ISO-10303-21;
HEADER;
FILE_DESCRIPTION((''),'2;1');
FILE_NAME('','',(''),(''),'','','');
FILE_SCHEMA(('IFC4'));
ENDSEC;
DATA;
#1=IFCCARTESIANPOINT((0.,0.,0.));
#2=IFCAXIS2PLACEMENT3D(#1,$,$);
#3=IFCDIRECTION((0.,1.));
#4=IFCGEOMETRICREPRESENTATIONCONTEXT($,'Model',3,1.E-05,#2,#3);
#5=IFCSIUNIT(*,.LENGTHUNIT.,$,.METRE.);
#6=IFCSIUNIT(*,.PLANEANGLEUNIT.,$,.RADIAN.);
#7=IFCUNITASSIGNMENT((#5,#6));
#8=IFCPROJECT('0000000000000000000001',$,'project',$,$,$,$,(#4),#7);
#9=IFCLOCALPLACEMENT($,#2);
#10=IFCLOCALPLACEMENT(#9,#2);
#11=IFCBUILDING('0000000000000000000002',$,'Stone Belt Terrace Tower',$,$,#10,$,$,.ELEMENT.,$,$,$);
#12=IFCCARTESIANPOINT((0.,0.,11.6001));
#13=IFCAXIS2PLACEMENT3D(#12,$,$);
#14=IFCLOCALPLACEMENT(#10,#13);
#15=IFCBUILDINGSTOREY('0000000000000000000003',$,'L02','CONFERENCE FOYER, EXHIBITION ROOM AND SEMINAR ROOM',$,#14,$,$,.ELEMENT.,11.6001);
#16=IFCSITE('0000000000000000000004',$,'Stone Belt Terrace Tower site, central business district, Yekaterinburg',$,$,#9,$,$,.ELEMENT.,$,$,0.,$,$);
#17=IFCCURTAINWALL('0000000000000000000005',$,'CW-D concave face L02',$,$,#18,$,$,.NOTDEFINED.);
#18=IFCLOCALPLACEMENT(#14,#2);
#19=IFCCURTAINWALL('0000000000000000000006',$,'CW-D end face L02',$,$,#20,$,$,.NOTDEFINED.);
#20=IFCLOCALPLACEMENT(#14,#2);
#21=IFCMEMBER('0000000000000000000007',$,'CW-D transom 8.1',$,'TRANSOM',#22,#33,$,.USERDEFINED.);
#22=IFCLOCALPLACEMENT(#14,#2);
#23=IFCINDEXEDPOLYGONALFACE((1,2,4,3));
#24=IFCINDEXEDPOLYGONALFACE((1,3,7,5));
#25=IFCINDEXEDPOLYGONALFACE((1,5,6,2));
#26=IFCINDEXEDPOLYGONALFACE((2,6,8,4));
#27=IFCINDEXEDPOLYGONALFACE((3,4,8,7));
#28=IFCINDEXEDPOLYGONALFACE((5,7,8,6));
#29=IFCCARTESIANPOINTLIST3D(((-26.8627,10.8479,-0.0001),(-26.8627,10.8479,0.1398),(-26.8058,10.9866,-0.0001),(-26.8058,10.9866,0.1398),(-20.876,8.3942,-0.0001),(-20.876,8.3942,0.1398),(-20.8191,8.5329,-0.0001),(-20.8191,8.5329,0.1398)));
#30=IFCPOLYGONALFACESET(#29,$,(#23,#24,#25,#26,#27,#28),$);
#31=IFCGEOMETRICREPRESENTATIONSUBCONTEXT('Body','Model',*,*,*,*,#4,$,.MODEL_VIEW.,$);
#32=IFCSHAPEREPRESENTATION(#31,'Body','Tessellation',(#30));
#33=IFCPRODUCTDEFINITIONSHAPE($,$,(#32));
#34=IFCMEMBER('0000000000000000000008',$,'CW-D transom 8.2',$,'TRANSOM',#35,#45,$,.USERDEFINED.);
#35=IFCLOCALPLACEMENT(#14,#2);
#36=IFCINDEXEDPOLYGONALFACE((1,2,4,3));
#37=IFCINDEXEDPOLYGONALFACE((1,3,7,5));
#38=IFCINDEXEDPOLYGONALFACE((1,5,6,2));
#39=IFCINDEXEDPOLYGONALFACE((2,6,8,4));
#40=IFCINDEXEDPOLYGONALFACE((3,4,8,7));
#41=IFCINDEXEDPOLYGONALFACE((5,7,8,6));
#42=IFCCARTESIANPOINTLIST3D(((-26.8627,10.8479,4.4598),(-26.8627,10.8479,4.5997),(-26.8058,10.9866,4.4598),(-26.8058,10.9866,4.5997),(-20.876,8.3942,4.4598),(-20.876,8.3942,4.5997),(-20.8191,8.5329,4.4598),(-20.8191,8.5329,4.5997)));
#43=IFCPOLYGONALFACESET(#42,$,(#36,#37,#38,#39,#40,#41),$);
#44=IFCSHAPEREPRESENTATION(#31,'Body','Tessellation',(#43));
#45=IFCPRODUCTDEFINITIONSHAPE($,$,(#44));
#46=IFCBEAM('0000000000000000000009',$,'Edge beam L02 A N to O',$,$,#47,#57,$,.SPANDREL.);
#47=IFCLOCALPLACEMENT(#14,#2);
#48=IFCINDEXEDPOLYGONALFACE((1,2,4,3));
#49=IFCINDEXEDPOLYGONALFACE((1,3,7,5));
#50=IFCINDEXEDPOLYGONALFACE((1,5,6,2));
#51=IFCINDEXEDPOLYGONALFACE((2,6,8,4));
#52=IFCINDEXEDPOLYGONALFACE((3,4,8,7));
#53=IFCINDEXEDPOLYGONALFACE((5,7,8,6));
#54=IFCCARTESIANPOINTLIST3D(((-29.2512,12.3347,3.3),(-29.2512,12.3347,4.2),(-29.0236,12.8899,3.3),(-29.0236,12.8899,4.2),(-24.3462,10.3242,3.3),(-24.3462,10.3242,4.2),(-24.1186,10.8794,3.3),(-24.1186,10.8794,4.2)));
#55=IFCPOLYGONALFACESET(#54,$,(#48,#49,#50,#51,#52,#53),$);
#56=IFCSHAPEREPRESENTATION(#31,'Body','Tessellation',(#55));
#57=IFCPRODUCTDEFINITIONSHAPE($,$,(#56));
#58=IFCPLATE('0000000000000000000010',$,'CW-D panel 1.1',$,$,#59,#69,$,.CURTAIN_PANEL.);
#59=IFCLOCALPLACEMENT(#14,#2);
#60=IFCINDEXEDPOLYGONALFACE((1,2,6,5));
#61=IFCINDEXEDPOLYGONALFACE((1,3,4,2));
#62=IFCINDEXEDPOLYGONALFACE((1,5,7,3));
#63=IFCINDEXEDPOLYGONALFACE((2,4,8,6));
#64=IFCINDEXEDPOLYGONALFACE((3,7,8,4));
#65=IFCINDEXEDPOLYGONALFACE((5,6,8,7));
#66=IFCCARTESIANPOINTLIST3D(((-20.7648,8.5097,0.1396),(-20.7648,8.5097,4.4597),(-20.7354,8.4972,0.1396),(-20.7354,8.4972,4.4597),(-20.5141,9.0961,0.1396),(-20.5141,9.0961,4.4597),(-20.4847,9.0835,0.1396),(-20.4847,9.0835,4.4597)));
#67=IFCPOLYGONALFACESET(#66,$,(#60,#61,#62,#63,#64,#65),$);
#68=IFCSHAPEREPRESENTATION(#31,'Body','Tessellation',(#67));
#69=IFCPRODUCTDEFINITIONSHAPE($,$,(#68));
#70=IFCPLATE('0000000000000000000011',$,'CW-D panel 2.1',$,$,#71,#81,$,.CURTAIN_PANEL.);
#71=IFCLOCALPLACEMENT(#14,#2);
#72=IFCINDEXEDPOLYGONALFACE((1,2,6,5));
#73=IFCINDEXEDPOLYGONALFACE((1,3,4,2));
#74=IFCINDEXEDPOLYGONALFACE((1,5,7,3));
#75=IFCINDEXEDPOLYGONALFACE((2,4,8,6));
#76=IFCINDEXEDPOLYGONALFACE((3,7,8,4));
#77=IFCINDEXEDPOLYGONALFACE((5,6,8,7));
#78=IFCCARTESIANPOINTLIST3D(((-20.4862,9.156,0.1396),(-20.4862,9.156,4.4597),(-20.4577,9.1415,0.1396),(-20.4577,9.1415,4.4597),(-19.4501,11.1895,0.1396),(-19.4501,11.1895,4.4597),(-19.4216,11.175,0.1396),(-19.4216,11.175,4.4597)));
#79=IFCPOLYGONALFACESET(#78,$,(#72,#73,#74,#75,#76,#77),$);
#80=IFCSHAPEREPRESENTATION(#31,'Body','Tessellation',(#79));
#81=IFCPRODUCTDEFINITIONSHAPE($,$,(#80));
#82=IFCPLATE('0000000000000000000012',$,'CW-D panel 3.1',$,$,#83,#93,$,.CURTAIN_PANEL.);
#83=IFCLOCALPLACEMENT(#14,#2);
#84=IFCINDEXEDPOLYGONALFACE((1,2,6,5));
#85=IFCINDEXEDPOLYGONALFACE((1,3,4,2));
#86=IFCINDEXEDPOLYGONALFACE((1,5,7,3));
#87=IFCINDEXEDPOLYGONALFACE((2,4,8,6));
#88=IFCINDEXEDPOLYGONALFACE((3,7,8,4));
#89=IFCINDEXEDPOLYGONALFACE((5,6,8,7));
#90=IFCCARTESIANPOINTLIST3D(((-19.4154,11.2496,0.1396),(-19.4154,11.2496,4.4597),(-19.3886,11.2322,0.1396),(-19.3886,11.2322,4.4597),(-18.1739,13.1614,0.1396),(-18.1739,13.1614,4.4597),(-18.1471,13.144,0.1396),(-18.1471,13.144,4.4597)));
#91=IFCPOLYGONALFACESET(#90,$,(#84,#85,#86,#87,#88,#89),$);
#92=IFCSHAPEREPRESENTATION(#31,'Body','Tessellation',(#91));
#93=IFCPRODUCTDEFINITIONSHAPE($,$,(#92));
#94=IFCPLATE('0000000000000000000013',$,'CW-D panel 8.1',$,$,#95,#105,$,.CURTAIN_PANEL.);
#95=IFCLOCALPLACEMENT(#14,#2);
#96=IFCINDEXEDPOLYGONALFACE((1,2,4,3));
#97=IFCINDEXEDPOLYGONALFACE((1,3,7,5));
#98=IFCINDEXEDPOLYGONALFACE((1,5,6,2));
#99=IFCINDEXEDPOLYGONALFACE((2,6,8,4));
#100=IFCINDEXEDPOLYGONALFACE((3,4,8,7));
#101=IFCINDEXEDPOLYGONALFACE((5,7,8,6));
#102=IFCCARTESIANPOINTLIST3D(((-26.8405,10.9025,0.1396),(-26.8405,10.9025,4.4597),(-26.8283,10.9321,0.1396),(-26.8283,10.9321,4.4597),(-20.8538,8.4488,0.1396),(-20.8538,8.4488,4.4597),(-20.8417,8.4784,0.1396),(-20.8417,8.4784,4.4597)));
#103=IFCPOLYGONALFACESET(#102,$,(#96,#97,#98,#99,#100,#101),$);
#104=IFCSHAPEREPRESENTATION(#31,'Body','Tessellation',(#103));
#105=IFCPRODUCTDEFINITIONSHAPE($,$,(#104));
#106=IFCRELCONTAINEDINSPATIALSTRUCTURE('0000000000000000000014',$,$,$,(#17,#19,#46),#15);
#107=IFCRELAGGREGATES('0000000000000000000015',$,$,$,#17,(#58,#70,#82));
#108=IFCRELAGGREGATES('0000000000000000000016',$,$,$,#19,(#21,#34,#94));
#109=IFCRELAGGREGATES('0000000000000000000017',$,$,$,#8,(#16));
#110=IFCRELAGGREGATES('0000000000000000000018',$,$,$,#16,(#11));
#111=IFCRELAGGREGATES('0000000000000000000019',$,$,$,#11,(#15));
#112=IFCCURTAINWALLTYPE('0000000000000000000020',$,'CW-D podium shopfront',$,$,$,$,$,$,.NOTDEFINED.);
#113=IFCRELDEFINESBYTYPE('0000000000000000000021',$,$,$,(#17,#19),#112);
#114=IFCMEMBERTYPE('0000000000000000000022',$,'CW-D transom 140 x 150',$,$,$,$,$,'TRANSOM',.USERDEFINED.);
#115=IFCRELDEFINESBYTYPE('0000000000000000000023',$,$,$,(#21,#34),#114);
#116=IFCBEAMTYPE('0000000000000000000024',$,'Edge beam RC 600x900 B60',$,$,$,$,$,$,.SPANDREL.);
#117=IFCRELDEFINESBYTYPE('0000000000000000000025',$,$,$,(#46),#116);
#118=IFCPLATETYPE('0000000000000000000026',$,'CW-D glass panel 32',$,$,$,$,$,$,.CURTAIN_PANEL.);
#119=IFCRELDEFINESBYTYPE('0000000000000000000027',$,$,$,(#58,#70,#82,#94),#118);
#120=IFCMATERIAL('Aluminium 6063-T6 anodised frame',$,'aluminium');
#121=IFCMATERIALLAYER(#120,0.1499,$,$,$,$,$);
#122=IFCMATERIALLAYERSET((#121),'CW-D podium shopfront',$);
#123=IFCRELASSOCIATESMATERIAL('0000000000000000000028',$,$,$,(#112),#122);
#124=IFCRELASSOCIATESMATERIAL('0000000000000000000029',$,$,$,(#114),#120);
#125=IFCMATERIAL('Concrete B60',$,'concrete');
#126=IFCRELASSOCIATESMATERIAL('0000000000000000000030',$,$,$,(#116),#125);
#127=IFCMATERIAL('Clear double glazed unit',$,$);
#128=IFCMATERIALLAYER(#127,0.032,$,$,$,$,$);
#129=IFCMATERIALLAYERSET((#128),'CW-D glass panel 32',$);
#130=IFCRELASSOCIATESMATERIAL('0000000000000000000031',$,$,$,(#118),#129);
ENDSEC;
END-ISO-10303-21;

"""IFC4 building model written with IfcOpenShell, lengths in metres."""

from ifc_helpers import new_model, si_unit, direction, frame, origin, origin_2d, place, context, subcontext, project, spatial, rectangle, extrude, material, layer, layer_set, material_profile, profile_set, type_object, element, aggregate, save


model = new_model("IFC4")

# Units and contexts
model_context = context("Model", 3, precision=1e-05, world=origin(), true_north=direction((0.0, 1.0)))
body_context = subcontext(model_context, "Body", "Model", "MODEL_VIEW")
ifc_project = project(units=[si_unit("LENGTHUNIT", "METRE"), si_unit("PLANEANGLEUNIT", "RADIAN")], contexts=[model_context])

# Site, building, storey
site_placement = place(None, origin())
site = spatial("IfcSite", under=ifc_project, at=site_placement, Name="Stone Belt Terrace Tower site, central business district, Yekaterinburg", CompositionType="ELEMENT", RefElevation=0.0)
building_placement = place(site_placement, origin())
building = spatial("IfcBuilding", under=site, at=building_placement, Name="Stone Belt Terrace Tower", CompositionType="ELEMENT")
storey_placement = place(building_placement, frame((0.0, 0.0, 11.6001)))
storey = spatial("IfcBuildingStorey", under=building, at=storey_placement, Name="L02", Description="CONFERENCE FOYER, EXHIBITION ROOM AND SEMINAR ROOM", CompositionType="ELEMENT", Elevation=11.6001)

# Shared definitions
ifc_material_1 = material(Name="Concrete B60", Category="concrete")

# Curtain wall
ifc_material_2 = material(Name="Aluminium 6063-T6 anodised frame", Category="aluminium")
ifc_layer_1 = layer(ifc_material_2, 0.1499)
ifc_layer_set_1 = layer_set([ifc_layer_1], Name="CW-D podium shopfront")
curtain_wall_type = type_object("IfcCurtainWallType", Name="CW-D podium shopfront", PredefinedType="NOTDEFINED", material=ifc_layer_set_1)
curtain_wall_1_placement = place(storey_placement, origin())
curtain_wall_1 = element("IfcCurtainWall", 1, at=curtain_wall_1_placement, inside=storey, type_object=curtain_wall_type, Name="CW-D concave face L02", PredefinedType="NOTDEFINED")

# Curtain wall
curtain_wall_2_placement = place(storey_placement, origin())
curtain_wall_2 = element("IfcCurtainWall", 2, at=curtain_wall_2_placement, inside=storey, type_object=curtain_wall_type, Name="CW-D end face L02", PredefinedType="NOTDEFINED")

# Members
ifc_material_profile_1 = material_profile(ifc_material_2, rectangle(XDim=0.1499, YDim=0.1399, at=origin_2d()), Name="Aluminium 6063-T6 150x140")
ifc_profile_set_1 = profile_set([ifc_material_profile_1], Name="Aluminium 6063-T6 anodised frame")
member_type_1 = type_object("IfcMemberType", Name="CW-D transom 140 x 150", ElementType="TRANSOM", PredefinedType="USERDEFINED", material=ifc_profile_set_1)
member_1_placement = place(storey_placement, frame((-26.8342, 10.9172, 0.0698), z_axis=(0.9253, -0.379237, 0.0), x_axis=(0.379237, 0.9253, 0.0)))
member_1 = element("IfcMember", 3, at=member_1_placement, type_object=member_type_1, Name="CW-D transom 8.1", ObjectType="TRANSOM", PredefinedType="USERDEFINED", context=body_context, shape_type="SweptSolid", body=[
    extrude(rectangle(XDim=0.1499, YDim=0.1399, at=origin_2d()), origin(), (0.0, 0.0, 1.0), 6.47),
])
member_2_placement = place(storey_placement, frame((-26.8342, 10.9172, 4.5298), z_axis=(0.9253, -0.379237, 0.0), x_axis=(0.379237, 0.9253, 0.0)))
member_2 = element("IfcMember", 4, at=member_2_placement, type_object=member_type_1, Name="CW-D transom 8.2", ObjectType="TRANSOM", PredefinedType="USERDEFINED", context=body_context, shape_type="SweptSolid", body=[
    extrude(rectangle(XDim=0.1499, YDim=0.1399, at=origin_2d()), origin(), (0.0, 0.0, 1.0), 6.47),
])

# Beam
ifc_material_profile_2 = material_profile(ifc_material_1, rectangle(XDim=0.6001, YDim=0.8999, at=origin_2d()), Name="RC 600x900")
ifc_profile_set_2 = profile_set([ifc_material_profile_2], Name="Concrete B60")
beam_type = type_object("IfcBeamType", Name="Edge beam RC 600x900 B60", PredefinedType="SPANDREL", material=ifc_profile_set_2)
beam_placement = place(storey_placement, frame((-24.2324, 10.6018, 3.75), z_axis=(-0.925289, 0.379262, 0.0), x_axis=(-0.379262, -0.925289, 0.0)))
element("IfcBeam", 5, at=beam_placement, inside=storey, type_object=beam_type, Name="Edge beam L02 A N to O", PredefinedType="SPANDREL", context=body_context, shape_type="SweptSolid", body=[
    extrude(rectangle(XDim=0.6001, YDim=0.8999, at=origin_2d()), origin(), (0.0, 0.0, 1.0), 5.301),
])

# Plates
ifc_material_3 = material(Name="Clear double glazed unit")
ifc_layer_2 = layer(ifc_material_3, 0.032)
ifc_layer_set_2 = layer_set([ifc_layer_2], Name="CW-D glass panel 32")
plate_type = type_object("IfcPlateType", Name="CW-D glass panel 32", PredefinedType="CURTAIN_PANEL", material=ifc_layer_set_2)
plate_1_placement = place(storey_placement, frame((-20.6248, 8.7966, 0.1396), z_axis=(0.0, 0.0, 1.0), x_axis=(0.393034, 0.919524, 0.0)))
plate_1 = element("IfcPlate", 6, at=plate_1_placement, type_object=plate_type, Name="CW-D panel 1.1", PredefinedType="CURTAIN_PANEL", context=body_context, shape_type="SweptSolid", body=[
    extrude(rectangle(XDim=0.6377, YDim=0.032, at=origin_2d()), origin(), (0.0, 0.0, 1.0), 4.3201),
])
plate_2_placement = place(storey_placement, frame((-19.9539, 10.1655, 0.1396), z_axis=(0.0, 0.0, 1.0), x_axis=(0.45399, 0.891007, 0.0)))
plate_2 = element("IfcPlate", 7, at=plate_2_placement, type_object=plate_type, Name="CW-D panel 2.1", PredefinedType="CURTAIN_PANEL", context=body_context, shape_type="SweptSolid", body=[
    extrude(rectangle(XDim=2.2822, YDim=0.032, at=origin_2d()), origin(), (0.0, 0.0, 1.0), 4.3201),
])
plate_3_placement = place(storey_placement, frame((-18.7812, 12.1968, 0.1396), z_axis=(0.0, 0.0, 1.0), x_axis=(0.544639, 0.838671, 0.0)))
plate_3 = element("IfcPlate", 8, at=plate_3_placement, type_object=plate_type, Name="CW-D panel 3.1", PredefinedType="CURTAIN_PANEL", context=body_context, shape_type="SweptSolid", body=[
    extrude(rectangle(XDim=2.2795, YDim=0.032, at=origin_2d()), origin(), (0.0, 0.0, 1.0), 4.3201),
])
aggregate(curtain_wall_1, [plate_1, plate_2, plate_3])
plate_4_placement = place(storey_placement, frame((-23.8411, 9.6904, 0.1396), z_axis=(0.0, 0.0, 1.0), x_axis=(0.925297, -0.379243, 0.0)))
plate_4 = element("IfcPlate", 9, at=plate_4_placement, type_object=plate_type, Name="CW-D panel 8.1", PredefinedType="CURTAIN_PANEL", context=body_context, shape_type="SweptSolid", body=[
    extrude(rectangle(XDim=6.47, YDim=0.032, at=origin_2d()), origin(), (0.0, 0.0, 1.0), 4.3201),
])
aggregate(curtain_wall_2, [member_1, member_2, plate_4])

save(model, "model.ifc")
